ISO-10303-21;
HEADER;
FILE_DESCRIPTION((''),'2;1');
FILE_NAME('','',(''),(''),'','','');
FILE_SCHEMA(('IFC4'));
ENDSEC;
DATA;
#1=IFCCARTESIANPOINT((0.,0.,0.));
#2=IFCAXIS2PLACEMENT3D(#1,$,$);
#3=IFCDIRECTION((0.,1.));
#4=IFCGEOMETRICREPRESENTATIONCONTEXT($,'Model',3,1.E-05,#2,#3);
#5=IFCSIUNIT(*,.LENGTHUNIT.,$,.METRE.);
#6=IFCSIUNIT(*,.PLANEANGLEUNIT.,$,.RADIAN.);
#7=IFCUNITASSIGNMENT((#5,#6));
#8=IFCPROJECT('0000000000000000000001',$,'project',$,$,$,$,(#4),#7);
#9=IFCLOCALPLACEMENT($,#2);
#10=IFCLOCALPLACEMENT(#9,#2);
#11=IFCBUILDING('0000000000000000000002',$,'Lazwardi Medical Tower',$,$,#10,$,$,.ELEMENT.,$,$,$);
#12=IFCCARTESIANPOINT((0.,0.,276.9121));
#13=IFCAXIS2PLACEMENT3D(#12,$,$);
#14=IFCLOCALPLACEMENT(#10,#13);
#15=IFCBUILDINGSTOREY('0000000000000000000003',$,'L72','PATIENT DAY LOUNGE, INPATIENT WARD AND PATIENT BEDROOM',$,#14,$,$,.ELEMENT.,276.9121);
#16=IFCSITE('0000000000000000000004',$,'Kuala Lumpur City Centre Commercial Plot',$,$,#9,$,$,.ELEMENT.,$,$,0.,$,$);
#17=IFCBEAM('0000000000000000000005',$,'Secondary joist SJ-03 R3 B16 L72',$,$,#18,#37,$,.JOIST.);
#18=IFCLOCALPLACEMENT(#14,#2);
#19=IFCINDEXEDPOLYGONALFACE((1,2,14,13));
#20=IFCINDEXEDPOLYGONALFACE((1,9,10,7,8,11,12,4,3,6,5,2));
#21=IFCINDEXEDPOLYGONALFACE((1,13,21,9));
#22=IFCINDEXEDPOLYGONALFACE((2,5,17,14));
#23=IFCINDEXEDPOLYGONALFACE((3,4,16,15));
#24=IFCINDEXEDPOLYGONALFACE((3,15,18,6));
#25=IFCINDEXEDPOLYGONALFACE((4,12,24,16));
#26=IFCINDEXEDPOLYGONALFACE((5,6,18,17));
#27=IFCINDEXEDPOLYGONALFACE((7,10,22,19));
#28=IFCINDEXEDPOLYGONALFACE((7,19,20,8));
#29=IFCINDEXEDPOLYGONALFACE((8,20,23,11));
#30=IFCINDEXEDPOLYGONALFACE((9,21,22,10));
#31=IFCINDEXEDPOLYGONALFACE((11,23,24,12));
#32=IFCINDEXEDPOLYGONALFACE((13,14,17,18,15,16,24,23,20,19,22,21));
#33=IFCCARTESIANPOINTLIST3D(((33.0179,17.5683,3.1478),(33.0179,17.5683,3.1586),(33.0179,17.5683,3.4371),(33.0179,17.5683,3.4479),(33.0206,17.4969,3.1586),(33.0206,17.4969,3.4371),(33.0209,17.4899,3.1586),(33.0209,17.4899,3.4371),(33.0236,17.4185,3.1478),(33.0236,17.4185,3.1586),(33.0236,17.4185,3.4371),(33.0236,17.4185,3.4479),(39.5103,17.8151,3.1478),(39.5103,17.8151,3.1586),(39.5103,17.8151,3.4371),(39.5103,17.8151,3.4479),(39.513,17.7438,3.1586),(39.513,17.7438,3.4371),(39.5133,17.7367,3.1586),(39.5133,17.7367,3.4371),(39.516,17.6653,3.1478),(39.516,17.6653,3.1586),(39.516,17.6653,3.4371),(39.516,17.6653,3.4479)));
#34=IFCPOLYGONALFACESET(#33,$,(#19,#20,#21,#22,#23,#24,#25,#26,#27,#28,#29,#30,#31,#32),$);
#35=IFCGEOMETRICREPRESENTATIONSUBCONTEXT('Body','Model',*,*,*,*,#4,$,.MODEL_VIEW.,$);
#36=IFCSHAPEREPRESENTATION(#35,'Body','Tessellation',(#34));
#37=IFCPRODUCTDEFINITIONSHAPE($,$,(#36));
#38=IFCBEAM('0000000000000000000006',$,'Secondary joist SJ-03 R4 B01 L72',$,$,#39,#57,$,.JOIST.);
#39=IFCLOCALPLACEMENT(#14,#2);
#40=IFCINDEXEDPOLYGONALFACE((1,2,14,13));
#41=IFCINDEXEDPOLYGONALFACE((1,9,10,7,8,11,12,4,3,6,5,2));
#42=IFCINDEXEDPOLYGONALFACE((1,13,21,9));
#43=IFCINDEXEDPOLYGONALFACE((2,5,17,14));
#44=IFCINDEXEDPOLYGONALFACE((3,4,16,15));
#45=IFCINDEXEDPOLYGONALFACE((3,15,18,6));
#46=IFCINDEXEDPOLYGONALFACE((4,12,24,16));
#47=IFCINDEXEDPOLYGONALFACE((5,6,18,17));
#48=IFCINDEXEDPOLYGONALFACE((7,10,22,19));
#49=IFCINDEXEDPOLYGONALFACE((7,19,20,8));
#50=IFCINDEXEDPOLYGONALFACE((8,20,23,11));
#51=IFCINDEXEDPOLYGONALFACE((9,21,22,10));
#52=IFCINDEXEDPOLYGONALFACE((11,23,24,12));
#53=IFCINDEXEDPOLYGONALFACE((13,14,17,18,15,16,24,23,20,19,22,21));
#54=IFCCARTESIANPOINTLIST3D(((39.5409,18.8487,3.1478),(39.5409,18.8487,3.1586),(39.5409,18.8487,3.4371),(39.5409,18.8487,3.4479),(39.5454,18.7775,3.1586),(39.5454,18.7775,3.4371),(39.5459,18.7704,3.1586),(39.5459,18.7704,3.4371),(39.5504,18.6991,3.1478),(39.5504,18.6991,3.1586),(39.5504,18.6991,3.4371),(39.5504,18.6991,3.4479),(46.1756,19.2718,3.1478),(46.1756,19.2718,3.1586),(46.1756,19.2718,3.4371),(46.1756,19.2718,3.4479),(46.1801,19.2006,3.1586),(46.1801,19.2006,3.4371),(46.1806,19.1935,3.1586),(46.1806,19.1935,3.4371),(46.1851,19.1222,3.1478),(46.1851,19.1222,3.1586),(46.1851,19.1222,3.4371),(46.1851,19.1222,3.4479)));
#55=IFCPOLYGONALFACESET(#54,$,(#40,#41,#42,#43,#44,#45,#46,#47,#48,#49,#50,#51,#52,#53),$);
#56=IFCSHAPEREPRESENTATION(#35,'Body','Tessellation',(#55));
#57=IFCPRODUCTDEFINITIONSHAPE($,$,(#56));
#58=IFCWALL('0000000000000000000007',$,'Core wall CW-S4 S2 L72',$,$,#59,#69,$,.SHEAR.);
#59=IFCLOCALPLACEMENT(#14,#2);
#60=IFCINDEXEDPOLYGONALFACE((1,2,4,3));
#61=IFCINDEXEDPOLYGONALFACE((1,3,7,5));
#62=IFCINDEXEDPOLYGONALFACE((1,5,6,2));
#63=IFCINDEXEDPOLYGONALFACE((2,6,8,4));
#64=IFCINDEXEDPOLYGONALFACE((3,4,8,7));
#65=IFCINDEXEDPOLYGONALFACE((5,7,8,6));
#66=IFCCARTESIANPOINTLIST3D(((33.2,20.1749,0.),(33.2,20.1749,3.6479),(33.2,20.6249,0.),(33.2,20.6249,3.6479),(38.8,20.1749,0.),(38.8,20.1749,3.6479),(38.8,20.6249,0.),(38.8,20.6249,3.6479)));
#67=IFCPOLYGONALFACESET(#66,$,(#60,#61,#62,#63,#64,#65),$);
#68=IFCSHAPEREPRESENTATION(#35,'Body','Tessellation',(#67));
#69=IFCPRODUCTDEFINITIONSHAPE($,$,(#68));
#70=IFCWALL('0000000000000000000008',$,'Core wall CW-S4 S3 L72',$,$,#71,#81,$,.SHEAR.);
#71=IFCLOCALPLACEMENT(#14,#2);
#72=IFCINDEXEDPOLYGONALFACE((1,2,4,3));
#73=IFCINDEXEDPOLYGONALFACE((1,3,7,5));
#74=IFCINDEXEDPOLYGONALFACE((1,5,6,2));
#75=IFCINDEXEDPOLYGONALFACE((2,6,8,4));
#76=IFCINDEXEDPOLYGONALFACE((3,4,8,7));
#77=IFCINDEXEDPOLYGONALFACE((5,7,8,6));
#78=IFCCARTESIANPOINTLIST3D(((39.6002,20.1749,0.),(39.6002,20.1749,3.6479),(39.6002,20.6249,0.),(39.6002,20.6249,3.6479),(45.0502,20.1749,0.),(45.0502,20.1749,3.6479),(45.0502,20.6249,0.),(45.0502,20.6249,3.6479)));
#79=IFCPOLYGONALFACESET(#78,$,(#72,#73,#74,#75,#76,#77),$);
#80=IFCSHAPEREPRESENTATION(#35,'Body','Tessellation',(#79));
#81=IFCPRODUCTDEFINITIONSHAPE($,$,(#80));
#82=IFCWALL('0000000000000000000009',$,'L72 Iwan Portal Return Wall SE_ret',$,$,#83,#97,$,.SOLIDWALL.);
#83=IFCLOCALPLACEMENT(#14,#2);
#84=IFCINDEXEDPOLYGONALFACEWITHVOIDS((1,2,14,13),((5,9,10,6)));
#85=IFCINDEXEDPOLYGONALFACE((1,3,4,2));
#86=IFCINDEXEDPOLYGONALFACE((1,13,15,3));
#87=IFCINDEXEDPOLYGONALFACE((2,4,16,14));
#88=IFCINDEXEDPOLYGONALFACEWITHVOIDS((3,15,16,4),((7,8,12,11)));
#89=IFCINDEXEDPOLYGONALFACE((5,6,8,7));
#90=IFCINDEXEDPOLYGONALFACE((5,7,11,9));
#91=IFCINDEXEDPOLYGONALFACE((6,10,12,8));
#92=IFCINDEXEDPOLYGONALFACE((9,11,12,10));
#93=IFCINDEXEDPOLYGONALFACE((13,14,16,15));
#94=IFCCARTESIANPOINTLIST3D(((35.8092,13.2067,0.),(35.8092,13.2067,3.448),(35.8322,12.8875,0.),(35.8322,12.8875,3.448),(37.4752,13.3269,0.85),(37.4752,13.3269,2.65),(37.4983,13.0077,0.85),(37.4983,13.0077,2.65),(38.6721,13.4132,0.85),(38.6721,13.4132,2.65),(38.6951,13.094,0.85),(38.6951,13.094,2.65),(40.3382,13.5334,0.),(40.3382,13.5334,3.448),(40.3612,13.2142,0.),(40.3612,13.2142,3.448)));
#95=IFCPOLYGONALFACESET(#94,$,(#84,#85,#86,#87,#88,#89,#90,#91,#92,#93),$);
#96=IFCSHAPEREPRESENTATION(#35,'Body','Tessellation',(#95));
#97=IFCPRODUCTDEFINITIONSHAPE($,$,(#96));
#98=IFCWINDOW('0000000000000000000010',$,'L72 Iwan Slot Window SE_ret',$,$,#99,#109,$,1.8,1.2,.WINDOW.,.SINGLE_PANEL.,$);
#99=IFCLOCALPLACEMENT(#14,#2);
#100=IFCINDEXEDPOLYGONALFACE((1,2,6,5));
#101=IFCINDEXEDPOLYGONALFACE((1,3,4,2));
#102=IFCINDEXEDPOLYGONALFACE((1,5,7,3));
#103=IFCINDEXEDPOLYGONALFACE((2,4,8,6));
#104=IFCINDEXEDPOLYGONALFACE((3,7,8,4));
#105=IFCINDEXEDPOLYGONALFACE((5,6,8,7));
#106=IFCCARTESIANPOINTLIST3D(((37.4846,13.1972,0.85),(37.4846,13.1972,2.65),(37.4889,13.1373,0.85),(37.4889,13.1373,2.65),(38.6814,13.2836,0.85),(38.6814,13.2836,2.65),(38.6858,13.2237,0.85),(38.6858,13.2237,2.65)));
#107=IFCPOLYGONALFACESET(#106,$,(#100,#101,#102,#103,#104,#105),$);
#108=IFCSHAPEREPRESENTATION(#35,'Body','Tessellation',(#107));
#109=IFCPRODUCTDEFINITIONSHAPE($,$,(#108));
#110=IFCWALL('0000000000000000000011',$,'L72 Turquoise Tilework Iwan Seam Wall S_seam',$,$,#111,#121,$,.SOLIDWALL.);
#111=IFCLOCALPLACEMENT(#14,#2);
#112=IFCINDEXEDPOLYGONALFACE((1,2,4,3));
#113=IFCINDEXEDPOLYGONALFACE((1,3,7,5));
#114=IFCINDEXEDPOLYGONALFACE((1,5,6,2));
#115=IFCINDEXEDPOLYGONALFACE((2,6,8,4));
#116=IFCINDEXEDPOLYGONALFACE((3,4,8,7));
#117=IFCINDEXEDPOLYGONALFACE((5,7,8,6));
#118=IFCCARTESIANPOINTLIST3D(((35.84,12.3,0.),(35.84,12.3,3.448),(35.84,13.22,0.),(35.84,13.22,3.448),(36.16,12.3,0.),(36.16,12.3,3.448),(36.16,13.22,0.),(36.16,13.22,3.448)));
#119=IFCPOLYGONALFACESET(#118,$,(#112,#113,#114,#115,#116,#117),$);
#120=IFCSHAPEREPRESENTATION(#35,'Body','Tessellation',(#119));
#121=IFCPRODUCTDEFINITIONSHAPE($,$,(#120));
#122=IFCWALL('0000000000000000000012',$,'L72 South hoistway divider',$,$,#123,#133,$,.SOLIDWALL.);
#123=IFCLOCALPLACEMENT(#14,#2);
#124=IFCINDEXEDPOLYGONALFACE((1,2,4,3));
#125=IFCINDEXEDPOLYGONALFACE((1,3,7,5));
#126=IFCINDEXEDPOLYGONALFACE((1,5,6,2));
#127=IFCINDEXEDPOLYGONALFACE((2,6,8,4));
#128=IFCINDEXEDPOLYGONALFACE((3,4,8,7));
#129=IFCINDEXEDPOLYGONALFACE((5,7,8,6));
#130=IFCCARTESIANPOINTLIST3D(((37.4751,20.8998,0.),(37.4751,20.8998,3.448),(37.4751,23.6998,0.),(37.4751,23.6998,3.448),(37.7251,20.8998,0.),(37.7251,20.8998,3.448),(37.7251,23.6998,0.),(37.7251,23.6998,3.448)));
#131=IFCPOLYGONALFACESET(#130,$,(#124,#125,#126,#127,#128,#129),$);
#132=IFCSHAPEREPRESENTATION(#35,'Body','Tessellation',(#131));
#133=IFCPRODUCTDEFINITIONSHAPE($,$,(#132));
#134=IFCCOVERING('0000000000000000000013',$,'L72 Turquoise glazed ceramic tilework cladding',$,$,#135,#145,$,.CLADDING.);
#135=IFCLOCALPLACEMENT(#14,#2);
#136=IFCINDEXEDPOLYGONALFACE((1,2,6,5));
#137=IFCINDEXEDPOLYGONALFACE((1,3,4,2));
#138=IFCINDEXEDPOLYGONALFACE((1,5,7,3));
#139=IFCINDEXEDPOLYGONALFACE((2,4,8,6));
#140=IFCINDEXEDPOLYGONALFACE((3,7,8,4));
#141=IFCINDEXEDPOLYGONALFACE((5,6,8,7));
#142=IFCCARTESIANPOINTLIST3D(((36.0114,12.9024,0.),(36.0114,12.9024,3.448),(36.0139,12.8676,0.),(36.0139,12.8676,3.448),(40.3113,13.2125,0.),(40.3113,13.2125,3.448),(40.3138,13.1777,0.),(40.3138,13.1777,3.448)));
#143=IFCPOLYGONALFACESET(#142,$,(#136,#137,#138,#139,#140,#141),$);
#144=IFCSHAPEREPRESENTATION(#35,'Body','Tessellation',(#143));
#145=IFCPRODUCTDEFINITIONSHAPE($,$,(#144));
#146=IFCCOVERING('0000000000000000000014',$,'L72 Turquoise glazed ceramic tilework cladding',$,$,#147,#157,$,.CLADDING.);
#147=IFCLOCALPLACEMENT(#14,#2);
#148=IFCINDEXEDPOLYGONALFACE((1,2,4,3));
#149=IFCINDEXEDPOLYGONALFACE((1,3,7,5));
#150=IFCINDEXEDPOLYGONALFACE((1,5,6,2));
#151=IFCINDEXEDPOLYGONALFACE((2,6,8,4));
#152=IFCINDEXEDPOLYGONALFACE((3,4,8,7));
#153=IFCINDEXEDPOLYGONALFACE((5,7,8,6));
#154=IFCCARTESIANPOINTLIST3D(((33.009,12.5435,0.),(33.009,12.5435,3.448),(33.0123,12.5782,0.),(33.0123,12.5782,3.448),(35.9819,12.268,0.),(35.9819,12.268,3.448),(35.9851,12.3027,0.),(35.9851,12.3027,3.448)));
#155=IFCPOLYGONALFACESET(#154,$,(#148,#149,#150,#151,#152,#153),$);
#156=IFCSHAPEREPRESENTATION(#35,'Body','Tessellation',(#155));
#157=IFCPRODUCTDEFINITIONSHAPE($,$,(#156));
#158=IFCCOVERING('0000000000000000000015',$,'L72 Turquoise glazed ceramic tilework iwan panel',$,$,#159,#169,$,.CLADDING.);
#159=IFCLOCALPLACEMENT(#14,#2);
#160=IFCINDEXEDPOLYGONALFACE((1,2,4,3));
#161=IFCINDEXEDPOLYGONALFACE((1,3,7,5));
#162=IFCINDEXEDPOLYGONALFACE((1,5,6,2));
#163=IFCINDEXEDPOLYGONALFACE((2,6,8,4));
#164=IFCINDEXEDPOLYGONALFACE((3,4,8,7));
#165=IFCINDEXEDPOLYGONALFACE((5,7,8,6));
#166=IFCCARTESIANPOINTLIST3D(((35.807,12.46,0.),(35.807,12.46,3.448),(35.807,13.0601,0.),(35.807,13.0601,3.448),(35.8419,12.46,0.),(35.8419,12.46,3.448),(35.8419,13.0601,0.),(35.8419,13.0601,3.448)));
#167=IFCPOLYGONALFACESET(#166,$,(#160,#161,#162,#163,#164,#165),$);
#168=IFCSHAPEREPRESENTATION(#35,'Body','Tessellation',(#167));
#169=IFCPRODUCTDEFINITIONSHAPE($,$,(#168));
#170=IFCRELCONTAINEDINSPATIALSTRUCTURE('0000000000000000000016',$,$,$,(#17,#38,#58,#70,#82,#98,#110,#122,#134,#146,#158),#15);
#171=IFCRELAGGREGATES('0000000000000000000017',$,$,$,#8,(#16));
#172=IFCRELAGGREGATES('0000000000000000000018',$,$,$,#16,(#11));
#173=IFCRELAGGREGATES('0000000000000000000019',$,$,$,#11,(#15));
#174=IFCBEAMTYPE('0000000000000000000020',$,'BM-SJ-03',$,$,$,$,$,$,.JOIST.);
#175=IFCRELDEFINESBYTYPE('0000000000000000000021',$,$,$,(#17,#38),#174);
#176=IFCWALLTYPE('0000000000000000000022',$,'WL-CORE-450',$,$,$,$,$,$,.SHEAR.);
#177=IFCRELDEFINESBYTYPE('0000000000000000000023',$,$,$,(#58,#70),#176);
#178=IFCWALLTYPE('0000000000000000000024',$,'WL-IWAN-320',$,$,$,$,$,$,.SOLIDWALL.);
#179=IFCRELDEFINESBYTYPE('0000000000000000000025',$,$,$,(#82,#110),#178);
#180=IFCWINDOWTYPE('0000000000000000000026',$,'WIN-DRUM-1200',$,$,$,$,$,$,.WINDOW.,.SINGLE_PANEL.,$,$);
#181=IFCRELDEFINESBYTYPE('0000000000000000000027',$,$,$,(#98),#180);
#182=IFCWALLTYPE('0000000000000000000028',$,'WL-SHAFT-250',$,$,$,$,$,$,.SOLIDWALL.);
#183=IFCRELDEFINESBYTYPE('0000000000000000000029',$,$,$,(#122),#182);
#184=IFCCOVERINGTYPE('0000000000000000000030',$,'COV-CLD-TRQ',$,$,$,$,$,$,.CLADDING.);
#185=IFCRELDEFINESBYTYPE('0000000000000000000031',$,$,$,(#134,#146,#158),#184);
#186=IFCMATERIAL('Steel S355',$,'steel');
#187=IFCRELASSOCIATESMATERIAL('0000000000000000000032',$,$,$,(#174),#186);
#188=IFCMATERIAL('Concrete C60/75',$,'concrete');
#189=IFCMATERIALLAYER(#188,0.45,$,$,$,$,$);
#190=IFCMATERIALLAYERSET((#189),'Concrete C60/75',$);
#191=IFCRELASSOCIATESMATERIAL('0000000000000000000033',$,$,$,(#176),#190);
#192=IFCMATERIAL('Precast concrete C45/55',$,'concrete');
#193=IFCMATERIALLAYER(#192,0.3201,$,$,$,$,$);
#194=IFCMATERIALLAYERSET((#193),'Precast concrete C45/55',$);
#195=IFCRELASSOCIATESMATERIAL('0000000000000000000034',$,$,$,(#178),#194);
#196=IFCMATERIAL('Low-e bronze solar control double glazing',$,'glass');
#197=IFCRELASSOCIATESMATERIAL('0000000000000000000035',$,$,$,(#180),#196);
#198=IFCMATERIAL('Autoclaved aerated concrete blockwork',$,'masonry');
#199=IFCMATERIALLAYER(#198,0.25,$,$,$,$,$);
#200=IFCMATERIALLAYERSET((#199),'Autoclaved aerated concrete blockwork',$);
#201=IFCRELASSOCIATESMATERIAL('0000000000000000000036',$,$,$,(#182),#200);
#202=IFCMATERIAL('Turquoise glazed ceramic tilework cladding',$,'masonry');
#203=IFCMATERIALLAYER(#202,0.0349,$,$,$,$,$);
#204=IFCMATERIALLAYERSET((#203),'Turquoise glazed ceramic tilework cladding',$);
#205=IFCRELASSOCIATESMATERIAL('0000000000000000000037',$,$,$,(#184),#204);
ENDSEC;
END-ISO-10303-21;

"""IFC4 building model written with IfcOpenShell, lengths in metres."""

from ifc_helpers import new_model, si_unit, direction, frame, frame_2d, origin, origin_2d, place, context, subcontext, project, spatial, rectangle, i_section, extrude, material, layer, layer_set, material_profile, profile_set, type_object, element, fill, save


model = new_model("IFC4")

# Units and contexts
model_context = context("Model", 3, precision=1e-05, world=origin(), true_north=direction((0.0, 1.0)))
body_context = subcontext(model_context, "Body", "Model", "MODEL_VIEW")
ifc_project = project(units=[si_unit("LENGTHUNIT", "METRE"), si_unit("PLANEANGLEUNIT", "RADIAN")], contexts=[model_context])

# Site, building, storey
site_placement = place(None, origin())
site = spatial("IfcSite", under=ifc_project, at=site_placement, Name="Kuala Lumpur City Centre Commercial Plot", CompositionType="ELEMENT", RefElevation=0.0)
building_placement = place(site_placement, origin())
building = spatial("IfcBuilding", under=site, at=building_placement, Name="Lazwardi Medical Tower", CompositionType="ELEMENT")
storey_placement = place(building_placement, frame((0.0, 0.0, 276.9121)))
storey = spatial("IfcBuildingStorey", under=building, at=storey_placement, Name="L72", Description="PATIENT DAY LOUNGE, INPATIENT WARD AND PATIENT BEDROOM", CompositionType="ELEMENT", Elevation=276.9121)

# Shared definitions
ifc_material_1 = material(Name="Concrete C60/75", Category="concrete")

# Beams
ifc_material_2 = material(Name="Steel S355", Category="steel")
ifc_material_profile_1 = material_profile(ifc_material_2, i_section(OverallWidth=0.1499, OverallDepth=0.3, WebThickness=0.0071, FlangeThickness=0.0107, at=origin_2d()), Name="IPE 300")
ifc_profile_set_1 = profile_set([ifc_material_profile_1], Name="Steel S355")
beam_type_1 = type_object("IfcBeamType", Name="BM-SJ-03", PredefinedType="JOIST", material=ifc_profile_set_1)
beam_1_placement = place(storey_placement, frame((33.0208, 17.4934, 3.2979), z_axis=(0.999278, 0.03799, 0.0), x_axis=(-0.03799, 0.999278, 0.0)))
element("IfcBeam", 1, at=beam_1_placement, inside=storey, type_object=beam_type_1, Name="Secondary joist SJ-03 R3 B16 L72", PredefinedType="JOIST", context=body_context, shape_type="SweptSolid", body=[
    extrude(i_section(OverallWidth=0.1499, OverallDepth=0.3, WebThickness=0.0071, FlangeThickness=0.0107, at=origin_2d()), origin(), (0.0, 0.0, 1.0), 6.4971),
])
beam_2_placement = place(storey_placement, frame((39.5457, 18.7739, 3.2979), z_axis=(0.997973, 0.06364, 0.0), x_axis=(-0.06364, 0.997973, 0.0)))
element("IfcBeam", 2, at=beam_2_placement, inside=storey, type_object=beam_type_1, Name="Secondary joist SJ-03 R4 B01 L72", PredefinedType="JOIST", context=body_context, shape_type="SweptSolid", body=[
    extrude(i_section(OverallWidth=0.1499, OverallDepth=0.3, WebThickness=0.0071, FlangeThickness=0.0107, at=origin_2d()), origin(), (0.0, 0.0, 1.0), 6.6482),
])

# Walls
ifc_layer_1 = layer(ifc_material_1, 0.45)
ifc_layer_set_1 = layer_set([ifc_layer_1], Name="Concrete C60/75")
wall_type_1 = type_object("IfcWallType", Name="WL-CORE-450", PredefinedType="SHEAR", material=ifc_layer_set_1)
wall_1_placement = place(storey_placement, frame((33.2, 20.3999, 0.0), z_axis=(0.0, 0.0, 1.0), x_axis=(1.0, 0.0, 0.0)))
element("IfcWall", 3, at=wall_1_placement, inside=storey, type_object=wall_type_1, Name="Core wall CW-S4 S2 L72", PredefinedType="SHEAR", context=body_context, shape_type="SweptSolid", body=[
    extrude(rectangle(XDim=5.6001, YDim=0.45, at=frame_2d((2.8, 0.0))), origin(), (0.0, 0.0, 1.0), 3.6479),
])
wall_2_placement = place(storey_placement, frame((39.6001, 20.3999, 0.0), z_axis=(0.0, 0.0, 1.0), x_axis=(1.0, 0.0, 0.0)))
element("IfcWall", 4, at=wall_2_placement, inside=storey, type_object=wall_type_1, Name="Core wall CW-S4 S3 L72", PredefinedType="SHEAR", context=body_context, shape_type="SweptSolid", body=[
    extrude(rectangle(XDim=5.45, YDim=0.45, at=frame_2d((2.7251, 0.0))), origin(), (0.0, 0.0, 1.0), 3.6479),
])

# Wall, opening, window
ifc_material_3 = material(Name="Precast concrete C45/55", Category="concrete")
ifc_layer_2 = layer(ifc_material_3, 0.3201)
ifc_layer_set_2 = layer_set([ifc_layer_2], Name="Precast concrete C45/55")
wall_type_2 = type_object("IfcWallType", Name="WL-IWAN-320", PredefinedType="SOLIDWALL", material=ifc_layer_set_2)
wall_3_placement = place(storey_placement, frame((35.8206, 13.0471, 0.0), z_axis=(0.0, 0.0, 1.0), x_axis=(0.997409, 0.071939, 0.0)))
wall_3 = element("IfcWall", 5, at=wall_3_placement, inside=storey, type_object=wall_type_2, Name="L72 Iwan Portal Return Wall SE_ret", PredefinedType="SOLIDWALL", context=body_context, shape_type="SweptSolid", body=[
    extrude(rectangle(XDim=4.5408, YDim=0.3201, at=frame_2d((2.2705, 0.0))), origin(), (0.0, 0.0, 1.0), 3.448),
])
opening_placement = place(wall_3_placement, frame((1.6704, 0.0, 0.8501)))
opening = element("IfcOpeningElement", 6, at=opening_placement, cuts=wall_3, PredefinedType="OPENING", context=body_context, shape_type="SweptSolid", body=[
    extrude(rectangle(XDim=1.2, YDim=1.8, at=frame_2d((0.6001, 0.8999))), frame((0.0, 0.1699, 0.0), z_axis=(0.0, -1.0, 0.0), x_axis=(1.0, 0.0, 0.0)), (0.0, 0.0, 1.0), 0.3401),
])
ifc_material_4 = material(Name="Low-e bronze solar control double glazing", Category="glass")
window_type = type_object("IfcWindowType", Name="WIN-DRUM-1200", PartitioningType="SINGLE_PANEL", PredefinedType="WINDOW", material=ifc_material_4)
window_placement = place(opening_placement, origin())
window = element("IfcWindow", 7, at=window_placement, inside=storey, type_object=window_type, Name="L72 Iwan Slot Window SE_ret", OverallHeight=1.8, OverallWidth=1.2, PartitioningType="SINGLE_PANEL", PredefinedType="WINDOW", context=body_context, shape_type="SweptSolid", body=[
    extrude(rectangle(XDim=1.2, YDim=1.8, at=frame_2d((0.6001, 0.8999))), frame((0.0, 0.03, 0.0), z_axis=(0.0, -1.0, 0.0), x_axis=(1.0, 0.0, 0.0)), (0.0, 0.0, 1.0), 0.0601),
])
fill(opening, window)

# Walls
wall_4_placement = place(storey_placement, frame((36.0, 12.3, 0.0), z_axis=(0.0, 0.0, 1.0), x_axis=(0.0, 1.0, 0.0)))
element("IfcWall", 8, at=wall_4_placement, inside=storey, type_object=wall_type_2, Name="L72 Turquoise Tilework Iwan Seam Wall S_seam", PredefinedType="SOLIDWALL", context=body_context, shape_type="SweptSolid", body=[
    extrude(rectangle(XDim=0.9199, YDim=0.3201, at=frame_2d((0.46, 0.0))), origin(), (0.0, 0.0, 1.0), 3.448),
])
ifc_material_5 = material(Name="Autoclaved aerated concrete blockwork", Category="masonry")
ifc_layer_3 = layer(ifc_material_5, 0.25)
ifc_layer_set_3 = layer_set([ifc_layer_3], Name="Autoclaved aerated concrete blockwork")
wall_type_3 = type_object("IfcWallType", Name="WL-SHAFT-250", PredefinedType="SOLIDWALL", material=ifc_layer_set_3)
wall_5_placement = place(storey_placement, frame((37.6001, 20.8999, 0.0), z_axis=(0.0, 0.0, 1.0), x_axis=(0.0, 1.0, 0.0)))
element("IfcWall", 9, at=wall_5_placement, inside=storey, type_object=wall_type_3, Name="L72 South hoistway divider", PredefinedType="SOLIDWALL", context=body_context, shape_type="SweptSolid", body=[
    extrude(rectangle(XDim=2.8, YDim=0.25, at=frame_2d((1.3999, 0.0))), origin(), (0.0, 0.0, 1.0), 3.448),
])

# Coverings
ifc_material_6 = material(Name="Turquoise glazed ceramic tilework cladding", Category="masonry")
ifc_layer_4 = layer(ifc_material_6, 0.0349)
ifc_layer_set_4 = layer_set([ifc_layer_4], Name="Turquoise glazed ceramic tilework cladding")
covering_type = type_object("IfcCoveringType", Name="COV-CLD-TRQ", PredefinedType="CLADDING", material=ifc_layer_set_4)
covering_1_placement = place(storey_placement, frame((38.1626, 13.04, 0.0), z_axis=(0.0, 0.0, 1.0), x_axis=(0.997409, 0.071933, 0.0)))
element("IfcCovering", 10, at=covering_1_placement, inside=storey, type_object=covering_type, Name="L72 Turquoise glazed ceramic tilework cladding", PredefinedType="CLADDING", context=body_context, shape_type="SweptSolid", body=[
    extrude(rectangle(XDim=4.311, YDim=0.0349, at=origin_2d()), origin(), (0.0, 0.0, 1.0), 3.448),
])
covering_2_placement = place(storey_placement, frame((34.4971, 12.4231, 0.0), z_axis=(0.0, 0.0, 1.0), x_axis=(0.995734, -0.092275, 0.0)))
element("IfcCovering", 11, at=covering_2_placement, inside=storey, type_object=covering_type, Name="L72 Turquoise glazed ceramic tilework cladding", PredefinedType="CLADDING", context=body_context, shape_type="SweptSolid", body=[
    extrude(rectangle(XDim=2.9856, YDim=0.0349, at=origin_2d()), origin(), (0.0, 0.0, 1.0), 3.448),
])
covering_3_placement = place(storey_placement, frame((35.8245, 12.76, 0.0), z_axis=(0.0, 0.0, 1.0), x_axis=(0.0, 1.0, 0.0)))
element("IfcCovering", 12, at=covering_3_placement, inside=storey, type_object=covering_type, Name="L72 Turquoise glazed ceramic tilework iwan panel", PredefinedType="CLADDING", context=body_context, shape_type="SweptSolid", body=[
    extrude(rectangle(XDim=0.6001, YDim=0.0349, at=origin_2d()), origin(), (0.0, 0.0, 1.0), 3.448),
])

save(model, "model.ifc")
